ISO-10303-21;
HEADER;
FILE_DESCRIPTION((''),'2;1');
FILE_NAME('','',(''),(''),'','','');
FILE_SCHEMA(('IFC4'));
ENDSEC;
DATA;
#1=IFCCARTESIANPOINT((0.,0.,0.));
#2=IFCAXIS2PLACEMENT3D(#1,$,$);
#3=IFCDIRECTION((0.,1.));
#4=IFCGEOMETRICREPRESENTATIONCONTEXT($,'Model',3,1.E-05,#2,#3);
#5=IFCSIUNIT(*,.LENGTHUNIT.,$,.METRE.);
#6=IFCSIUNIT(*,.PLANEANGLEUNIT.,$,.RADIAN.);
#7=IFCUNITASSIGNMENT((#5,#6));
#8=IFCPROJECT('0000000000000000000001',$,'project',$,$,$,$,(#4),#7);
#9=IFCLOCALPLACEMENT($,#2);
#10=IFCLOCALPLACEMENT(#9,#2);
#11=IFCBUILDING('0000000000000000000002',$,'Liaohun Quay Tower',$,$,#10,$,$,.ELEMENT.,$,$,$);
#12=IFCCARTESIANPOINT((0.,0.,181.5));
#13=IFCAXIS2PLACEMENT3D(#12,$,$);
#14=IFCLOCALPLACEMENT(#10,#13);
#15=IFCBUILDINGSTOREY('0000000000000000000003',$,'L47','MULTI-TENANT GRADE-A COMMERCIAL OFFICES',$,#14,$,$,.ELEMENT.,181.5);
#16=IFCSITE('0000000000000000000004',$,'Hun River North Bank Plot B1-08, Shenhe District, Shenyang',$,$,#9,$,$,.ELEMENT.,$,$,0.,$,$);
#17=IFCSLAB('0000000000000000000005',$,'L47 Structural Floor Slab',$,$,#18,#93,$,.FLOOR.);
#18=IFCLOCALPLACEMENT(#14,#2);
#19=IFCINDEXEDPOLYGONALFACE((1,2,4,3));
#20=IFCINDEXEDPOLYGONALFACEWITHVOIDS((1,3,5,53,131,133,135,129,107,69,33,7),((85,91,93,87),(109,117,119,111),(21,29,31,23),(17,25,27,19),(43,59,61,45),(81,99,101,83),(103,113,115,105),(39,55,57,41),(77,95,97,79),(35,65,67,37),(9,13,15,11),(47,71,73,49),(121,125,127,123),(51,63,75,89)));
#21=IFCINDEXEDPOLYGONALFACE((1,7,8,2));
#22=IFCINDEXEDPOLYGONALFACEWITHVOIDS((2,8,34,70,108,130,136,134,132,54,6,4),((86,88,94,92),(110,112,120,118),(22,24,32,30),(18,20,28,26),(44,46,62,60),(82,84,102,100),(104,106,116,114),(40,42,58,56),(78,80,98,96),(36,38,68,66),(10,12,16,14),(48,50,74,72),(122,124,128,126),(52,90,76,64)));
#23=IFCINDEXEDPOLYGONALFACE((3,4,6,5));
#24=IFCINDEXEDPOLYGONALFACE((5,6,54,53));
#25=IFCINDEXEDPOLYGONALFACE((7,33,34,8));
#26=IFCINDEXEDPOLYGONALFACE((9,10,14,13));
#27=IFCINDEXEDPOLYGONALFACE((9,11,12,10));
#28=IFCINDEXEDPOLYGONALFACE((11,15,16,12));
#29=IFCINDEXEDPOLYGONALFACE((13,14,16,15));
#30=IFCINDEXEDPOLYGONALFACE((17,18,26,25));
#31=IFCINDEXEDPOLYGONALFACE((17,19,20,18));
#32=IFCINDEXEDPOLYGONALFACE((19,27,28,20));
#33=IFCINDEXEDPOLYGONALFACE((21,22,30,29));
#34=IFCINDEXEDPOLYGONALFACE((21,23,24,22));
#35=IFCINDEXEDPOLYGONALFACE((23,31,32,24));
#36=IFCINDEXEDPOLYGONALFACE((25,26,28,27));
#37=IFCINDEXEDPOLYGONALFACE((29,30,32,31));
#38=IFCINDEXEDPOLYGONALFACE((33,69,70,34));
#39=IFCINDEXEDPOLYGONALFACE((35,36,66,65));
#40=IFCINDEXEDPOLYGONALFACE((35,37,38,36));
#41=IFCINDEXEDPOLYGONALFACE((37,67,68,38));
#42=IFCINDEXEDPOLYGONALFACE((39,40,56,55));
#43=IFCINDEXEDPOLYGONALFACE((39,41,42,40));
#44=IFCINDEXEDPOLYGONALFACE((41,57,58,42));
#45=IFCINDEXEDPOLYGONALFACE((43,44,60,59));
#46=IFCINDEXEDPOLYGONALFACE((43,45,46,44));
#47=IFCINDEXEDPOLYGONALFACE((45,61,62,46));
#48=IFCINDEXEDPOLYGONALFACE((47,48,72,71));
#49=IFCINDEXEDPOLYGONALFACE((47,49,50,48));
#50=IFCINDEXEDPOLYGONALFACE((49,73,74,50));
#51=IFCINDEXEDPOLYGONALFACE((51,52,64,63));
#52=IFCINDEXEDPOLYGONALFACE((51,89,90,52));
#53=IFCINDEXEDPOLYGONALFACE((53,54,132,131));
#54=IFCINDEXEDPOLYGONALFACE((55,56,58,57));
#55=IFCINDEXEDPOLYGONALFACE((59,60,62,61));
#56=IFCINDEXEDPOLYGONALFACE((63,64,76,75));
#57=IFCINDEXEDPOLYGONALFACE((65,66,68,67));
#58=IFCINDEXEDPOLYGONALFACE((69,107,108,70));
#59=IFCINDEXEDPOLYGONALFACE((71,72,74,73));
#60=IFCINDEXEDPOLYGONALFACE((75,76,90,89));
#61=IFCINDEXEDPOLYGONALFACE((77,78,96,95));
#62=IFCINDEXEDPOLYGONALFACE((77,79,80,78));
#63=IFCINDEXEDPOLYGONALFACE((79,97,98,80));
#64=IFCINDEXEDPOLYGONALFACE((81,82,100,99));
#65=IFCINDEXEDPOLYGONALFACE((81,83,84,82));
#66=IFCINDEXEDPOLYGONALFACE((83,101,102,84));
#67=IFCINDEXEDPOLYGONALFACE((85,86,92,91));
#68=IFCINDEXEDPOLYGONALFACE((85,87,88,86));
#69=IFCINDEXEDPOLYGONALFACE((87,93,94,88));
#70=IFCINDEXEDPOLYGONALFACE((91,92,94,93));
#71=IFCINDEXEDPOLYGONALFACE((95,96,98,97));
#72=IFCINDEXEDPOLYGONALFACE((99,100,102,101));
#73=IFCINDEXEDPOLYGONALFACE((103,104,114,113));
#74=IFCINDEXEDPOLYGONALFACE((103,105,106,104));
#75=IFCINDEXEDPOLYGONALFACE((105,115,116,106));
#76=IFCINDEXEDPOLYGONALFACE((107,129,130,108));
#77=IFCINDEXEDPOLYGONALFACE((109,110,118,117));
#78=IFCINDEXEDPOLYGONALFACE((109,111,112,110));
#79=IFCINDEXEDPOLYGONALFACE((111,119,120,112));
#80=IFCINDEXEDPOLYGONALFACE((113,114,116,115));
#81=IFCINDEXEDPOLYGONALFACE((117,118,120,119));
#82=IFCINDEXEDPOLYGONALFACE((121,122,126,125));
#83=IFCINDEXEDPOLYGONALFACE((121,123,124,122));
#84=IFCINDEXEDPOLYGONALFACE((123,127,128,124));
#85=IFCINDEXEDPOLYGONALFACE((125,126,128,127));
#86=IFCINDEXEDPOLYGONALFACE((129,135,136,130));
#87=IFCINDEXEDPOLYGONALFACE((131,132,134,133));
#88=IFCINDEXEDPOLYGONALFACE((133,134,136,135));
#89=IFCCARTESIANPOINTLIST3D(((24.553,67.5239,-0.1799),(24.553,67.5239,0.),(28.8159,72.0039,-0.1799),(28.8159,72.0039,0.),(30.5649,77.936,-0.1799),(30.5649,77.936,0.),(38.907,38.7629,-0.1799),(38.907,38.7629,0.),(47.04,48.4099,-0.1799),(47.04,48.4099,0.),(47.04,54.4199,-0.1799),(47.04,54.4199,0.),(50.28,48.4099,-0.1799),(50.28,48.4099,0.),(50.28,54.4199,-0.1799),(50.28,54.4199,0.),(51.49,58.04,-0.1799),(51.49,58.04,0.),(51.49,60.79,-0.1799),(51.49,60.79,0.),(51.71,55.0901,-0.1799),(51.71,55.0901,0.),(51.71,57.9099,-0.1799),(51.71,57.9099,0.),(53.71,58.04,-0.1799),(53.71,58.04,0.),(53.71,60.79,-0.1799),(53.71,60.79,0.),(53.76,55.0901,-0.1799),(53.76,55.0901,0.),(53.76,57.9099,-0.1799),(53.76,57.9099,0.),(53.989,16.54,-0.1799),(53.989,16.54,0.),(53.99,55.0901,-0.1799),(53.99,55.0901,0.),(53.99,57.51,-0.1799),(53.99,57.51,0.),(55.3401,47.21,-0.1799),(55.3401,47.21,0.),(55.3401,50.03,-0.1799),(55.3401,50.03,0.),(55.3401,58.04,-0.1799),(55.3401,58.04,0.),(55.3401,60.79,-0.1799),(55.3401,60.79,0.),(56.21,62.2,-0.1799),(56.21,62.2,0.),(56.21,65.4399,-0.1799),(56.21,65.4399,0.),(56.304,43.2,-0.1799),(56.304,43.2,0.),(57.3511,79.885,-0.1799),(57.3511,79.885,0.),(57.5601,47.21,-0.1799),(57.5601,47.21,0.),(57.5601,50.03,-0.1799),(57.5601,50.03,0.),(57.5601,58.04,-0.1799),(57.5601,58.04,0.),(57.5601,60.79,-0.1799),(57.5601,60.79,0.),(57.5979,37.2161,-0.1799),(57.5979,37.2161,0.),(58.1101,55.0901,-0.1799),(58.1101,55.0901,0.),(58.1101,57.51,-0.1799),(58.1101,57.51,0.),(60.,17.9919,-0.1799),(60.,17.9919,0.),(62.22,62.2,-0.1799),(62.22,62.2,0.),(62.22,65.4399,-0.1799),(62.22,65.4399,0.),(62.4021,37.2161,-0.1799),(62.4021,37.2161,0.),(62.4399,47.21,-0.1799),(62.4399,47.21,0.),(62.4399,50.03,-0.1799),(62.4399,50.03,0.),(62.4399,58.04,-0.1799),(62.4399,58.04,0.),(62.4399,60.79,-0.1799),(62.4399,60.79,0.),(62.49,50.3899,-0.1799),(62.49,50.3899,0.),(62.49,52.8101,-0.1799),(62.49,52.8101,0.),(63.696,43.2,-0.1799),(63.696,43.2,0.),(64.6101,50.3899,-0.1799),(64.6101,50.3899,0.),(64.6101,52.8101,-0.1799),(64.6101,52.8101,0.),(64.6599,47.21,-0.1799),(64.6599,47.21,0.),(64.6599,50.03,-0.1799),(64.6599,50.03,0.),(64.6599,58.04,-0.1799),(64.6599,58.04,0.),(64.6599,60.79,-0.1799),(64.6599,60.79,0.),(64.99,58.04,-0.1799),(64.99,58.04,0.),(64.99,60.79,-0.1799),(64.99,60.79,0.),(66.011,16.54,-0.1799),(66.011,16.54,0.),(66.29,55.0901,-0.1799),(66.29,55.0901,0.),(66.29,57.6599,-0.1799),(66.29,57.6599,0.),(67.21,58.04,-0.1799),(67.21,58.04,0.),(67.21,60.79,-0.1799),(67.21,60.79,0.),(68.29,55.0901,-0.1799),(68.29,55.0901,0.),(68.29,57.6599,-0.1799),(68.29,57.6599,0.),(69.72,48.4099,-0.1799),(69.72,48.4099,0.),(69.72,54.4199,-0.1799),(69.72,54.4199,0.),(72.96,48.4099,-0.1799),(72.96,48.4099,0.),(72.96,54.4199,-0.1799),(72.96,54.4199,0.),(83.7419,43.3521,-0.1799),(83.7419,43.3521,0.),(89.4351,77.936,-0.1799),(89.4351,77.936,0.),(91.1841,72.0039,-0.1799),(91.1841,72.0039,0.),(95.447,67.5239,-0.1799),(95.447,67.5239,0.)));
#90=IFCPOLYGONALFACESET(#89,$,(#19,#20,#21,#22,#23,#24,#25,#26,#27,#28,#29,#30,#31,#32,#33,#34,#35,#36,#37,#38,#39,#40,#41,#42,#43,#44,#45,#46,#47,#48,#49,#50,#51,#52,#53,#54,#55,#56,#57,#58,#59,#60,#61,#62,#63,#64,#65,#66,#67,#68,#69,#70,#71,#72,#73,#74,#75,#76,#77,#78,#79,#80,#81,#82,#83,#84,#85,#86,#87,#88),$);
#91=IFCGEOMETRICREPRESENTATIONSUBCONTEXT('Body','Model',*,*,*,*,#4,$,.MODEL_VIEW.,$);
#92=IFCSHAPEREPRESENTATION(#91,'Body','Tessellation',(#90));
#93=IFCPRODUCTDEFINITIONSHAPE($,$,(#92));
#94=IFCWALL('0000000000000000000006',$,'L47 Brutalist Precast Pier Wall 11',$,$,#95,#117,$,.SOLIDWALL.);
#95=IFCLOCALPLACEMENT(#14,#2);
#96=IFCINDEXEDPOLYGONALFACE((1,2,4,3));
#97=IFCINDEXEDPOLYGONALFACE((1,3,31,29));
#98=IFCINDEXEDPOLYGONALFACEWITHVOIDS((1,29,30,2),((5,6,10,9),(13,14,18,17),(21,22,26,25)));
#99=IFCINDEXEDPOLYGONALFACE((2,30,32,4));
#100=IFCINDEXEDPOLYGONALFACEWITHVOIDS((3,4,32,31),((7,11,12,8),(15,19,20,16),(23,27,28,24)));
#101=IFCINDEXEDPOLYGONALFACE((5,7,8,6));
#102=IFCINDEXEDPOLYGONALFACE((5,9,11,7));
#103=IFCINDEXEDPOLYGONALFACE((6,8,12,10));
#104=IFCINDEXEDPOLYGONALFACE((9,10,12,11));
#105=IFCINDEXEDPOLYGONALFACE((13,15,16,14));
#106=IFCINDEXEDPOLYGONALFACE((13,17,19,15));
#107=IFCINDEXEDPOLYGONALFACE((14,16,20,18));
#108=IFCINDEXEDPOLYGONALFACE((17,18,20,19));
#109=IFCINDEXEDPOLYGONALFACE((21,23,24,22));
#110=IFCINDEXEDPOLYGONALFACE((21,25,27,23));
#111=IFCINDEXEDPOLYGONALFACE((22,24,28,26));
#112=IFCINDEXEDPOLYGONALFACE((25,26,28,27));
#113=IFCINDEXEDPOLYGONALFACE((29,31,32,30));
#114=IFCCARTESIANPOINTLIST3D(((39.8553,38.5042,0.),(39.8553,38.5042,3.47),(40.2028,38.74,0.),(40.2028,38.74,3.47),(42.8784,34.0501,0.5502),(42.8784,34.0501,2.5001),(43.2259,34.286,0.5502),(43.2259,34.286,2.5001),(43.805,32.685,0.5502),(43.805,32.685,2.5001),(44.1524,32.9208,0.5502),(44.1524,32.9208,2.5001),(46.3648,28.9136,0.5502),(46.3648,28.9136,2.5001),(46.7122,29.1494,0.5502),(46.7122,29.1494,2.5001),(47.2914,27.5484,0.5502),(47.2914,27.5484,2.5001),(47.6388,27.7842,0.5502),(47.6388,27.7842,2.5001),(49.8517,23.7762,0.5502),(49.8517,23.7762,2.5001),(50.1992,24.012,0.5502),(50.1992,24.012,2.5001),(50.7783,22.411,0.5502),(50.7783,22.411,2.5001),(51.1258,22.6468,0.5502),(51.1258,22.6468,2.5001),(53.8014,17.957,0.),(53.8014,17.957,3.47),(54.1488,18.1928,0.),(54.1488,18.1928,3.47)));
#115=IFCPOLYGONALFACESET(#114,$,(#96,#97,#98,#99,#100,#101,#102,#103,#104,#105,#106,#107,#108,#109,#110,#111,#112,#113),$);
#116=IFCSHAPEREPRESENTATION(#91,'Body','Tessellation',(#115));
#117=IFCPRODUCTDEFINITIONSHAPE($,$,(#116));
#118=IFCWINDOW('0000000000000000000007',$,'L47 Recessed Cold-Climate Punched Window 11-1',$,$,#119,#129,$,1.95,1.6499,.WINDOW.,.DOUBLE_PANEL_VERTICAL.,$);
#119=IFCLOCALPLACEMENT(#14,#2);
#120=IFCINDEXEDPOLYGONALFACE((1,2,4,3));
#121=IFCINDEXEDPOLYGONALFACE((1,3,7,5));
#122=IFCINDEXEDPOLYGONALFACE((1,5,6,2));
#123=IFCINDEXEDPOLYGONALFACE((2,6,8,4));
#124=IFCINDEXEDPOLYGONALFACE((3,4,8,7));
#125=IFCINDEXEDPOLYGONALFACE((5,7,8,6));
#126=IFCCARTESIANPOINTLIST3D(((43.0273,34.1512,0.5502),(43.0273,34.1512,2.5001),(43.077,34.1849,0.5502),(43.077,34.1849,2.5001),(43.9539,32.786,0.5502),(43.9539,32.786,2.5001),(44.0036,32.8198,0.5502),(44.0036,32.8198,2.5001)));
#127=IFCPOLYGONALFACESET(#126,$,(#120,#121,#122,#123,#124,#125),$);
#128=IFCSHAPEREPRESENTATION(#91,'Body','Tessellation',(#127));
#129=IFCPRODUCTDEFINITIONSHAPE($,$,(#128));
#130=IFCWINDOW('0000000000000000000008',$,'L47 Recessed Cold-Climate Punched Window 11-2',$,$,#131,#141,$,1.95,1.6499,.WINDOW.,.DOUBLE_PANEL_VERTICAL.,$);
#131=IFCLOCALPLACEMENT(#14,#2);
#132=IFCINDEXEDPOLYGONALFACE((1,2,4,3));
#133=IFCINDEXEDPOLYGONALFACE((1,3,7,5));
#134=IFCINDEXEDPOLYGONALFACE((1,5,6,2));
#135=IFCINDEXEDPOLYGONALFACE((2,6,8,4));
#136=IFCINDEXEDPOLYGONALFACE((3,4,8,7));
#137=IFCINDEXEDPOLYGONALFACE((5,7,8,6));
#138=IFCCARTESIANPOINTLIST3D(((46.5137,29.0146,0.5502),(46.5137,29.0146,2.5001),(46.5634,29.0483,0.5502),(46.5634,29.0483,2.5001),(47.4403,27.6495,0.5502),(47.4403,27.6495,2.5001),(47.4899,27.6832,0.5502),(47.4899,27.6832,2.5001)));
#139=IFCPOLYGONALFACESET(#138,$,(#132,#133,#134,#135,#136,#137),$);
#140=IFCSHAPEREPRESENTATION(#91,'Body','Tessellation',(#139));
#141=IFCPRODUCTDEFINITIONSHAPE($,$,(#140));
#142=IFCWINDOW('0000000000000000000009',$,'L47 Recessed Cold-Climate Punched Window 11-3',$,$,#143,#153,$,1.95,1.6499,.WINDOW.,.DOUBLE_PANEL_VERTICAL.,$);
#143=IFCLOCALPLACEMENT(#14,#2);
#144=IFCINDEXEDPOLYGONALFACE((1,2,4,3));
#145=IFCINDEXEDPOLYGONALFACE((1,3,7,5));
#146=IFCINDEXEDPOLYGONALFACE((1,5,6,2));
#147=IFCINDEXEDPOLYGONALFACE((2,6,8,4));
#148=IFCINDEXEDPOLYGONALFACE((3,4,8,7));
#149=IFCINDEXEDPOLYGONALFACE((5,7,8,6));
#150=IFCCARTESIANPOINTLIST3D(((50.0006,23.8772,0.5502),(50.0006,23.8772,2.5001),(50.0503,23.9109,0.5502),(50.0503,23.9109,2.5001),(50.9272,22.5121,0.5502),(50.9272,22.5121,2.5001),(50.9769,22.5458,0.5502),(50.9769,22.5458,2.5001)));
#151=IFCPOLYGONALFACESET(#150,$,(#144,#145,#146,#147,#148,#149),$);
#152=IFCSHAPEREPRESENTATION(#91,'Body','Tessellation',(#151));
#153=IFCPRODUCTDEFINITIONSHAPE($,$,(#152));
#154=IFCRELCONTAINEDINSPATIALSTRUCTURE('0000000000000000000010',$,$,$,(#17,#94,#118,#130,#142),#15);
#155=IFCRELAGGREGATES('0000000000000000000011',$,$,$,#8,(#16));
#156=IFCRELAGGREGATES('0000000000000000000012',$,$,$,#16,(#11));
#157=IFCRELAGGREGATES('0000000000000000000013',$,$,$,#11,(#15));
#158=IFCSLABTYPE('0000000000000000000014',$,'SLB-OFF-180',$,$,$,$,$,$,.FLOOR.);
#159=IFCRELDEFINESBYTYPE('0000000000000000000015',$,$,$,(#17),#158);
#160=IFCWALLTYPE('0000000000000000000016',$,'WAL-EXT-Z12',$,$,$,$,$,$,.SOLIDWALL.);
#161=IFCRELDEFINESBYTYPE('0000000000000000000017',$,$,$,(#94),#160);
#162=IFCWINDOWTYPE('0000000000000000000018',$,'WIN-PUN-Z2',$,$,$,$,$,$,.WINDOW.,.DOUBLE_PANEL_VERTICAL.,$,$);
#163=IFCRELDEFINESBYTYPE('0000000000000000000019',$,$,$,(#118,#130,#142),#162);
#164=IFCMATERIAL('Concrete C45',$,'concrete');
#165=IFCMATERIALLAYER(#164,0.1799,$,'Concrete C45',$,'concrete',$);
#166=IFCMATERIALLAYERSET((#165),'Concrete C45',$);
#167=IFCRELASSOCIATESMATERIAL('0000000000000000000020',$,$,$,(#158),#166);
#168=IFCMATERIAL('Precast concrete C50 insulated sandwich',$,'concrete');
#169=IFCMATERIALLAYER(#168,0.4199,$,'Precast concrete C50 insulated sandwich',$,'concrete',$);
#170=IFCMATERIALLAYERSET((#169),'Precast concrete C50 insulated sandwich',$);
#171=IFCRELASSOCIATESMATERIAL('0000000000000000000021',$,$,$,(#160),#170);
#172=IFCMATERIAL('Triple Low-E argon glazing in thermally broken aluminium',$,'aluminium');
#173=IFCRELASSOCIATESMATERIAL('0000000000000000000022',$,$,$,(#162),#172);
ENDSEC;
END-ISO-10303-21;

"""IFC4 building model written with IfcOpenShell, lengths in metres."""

from ifc_helpers import new_model, si_unit, direction, frame, frame_2d, origin, place, context, subcontext, project, spatial, polyline, rectangle, outline, extrude, source, transform, mapped, material, layer, layer_set, type_object, element, fill, save


model = new_model("IFC4")

# Units and contexts
model_context = context("Model", 3, precision=1e-05, world=origin(), true_north=direction((0.0, 1.0)))
body_context = subcontext(model_context, "Body", "Model", "MODEL_VIEW")
ifc_project = project(units=[si_unit("LENGTHUNIT", "METRE"), si_unit("PLANEANGLEUNIT", "RADIAN")], contexts=[model_context])

# Site, building, storey
site_placement = place(None, origin())
site = spatial("IfcSite", under=ifc_project, at=site_placement, Name="Hun River North Bank Plot B1-08, Shenhe District, Shenyang", CompositionType="ELEMENT", RefElevation=0.0)
building_placement = place(site_placement, origin())
building = spatial("IfcBuilding", under=site, at=building_placement, Name="Liaohun Quay Tower", CompositionType="ELEMENT")
storey_placement = place(building_placement, frame((0.0, 0.0, 181.5)))
storey = spatial("IfcBuildingStorey", under=building, at=storey_placement, Name="L47", Description="MULTI-TENANT GRADE-A COMMERCIAL OFFICES", CompositionType="ELEMENT", Elevation=181.5)

# Shared definitions
ifc_material_1 = material(Name="Concrete C45", Category="concrete")

# Slab
ifc_layer_1 = layer(ifc_material_1, 0.1799, Name="Concrete C45", Category="concrete")
ifc_layer_set_1 = layer_set([ifc_layer_1], Name="Concrete C45")
slab_type_1 = type_object("IfcSlabType", Name="SLB-OFF-180", PredefinedType="FLOOR", material=ifc_layer_set_1)
slab_1_placement = place(storey_placement, frame((0.0, 0.0, -0.1799)))
element("IfcSlab", 1, at=slab_1_placement, inside=storey, type_object=slab_type_1, Name="L47 Structural Floor Slab", PredefinedType="FLOOR", context=body_context, shape_type="SweptSolid", body=[
    extrude(outline(polyline([(53.989, 16.54), (60.0, 17.9919), (66.011, 16.54), (83.7419, 43.3521), (95.447, 67.5239), (91.1841, 72.0039), (89.4351, 77.936), (57.3511, 79.885), (30.5649, 77.936), (28.8159, 72.0039), (24.553, 67.5239), (38.907, 38.7629), (53.989, 16.54)]), holes=[polyline([(57.5601, 50.03), (55.3401, 50.03), (55.3401, 47.21), (57.5601, 47.21), (57.5601, 50.03)]), polyline([(50.28, 54.4199), (47.04, 54.4199), (47.04, 48.4099), (50.28, 48.4099), (50.28, 54.4199)]), polyline([(53.99, 55.0901), (58.1101, 55.0901), (58.1101, 57.51), (53.99, 57.51), (53.99, 55.0901)]), polyline([(53.76, 55.0901), (53.76, 57.9099), (51.71, 57.9099), (51.71, 55.0901), (53.76, 55.0901)]), polyline([(53.71, 58.04), (53.71, 60.79), (51.49, 60.79), (51.49, 58.04), (53.71, 58.04)]), polyline([(57.5601, 58.04), (57.5601, 60.79), (55.3401, 60.79), (55.3401, 58.04), (57.5601, 58.04)]), polyline([(62.22, 62.2), (62.22, 65.4399), (56.21, 65.4399), (56.21, 62.2), (62.22, 62.2)]), polyline([(62.4021, 37.2161), (63.696, 43.2), (56.304, 43.2), (57.5979, 37.2161), (62.4021, 37.2161)]), polyline([(64.6599, 47.21), (64.6599, 50.03), (62.4399, 50.03), (62.4399, 47.21), (64.6599, 47.21)]), polyline([(72.96, 54.4199), (69.72, 54.4199), (69.72, 48.4099), (72.96, 48.4099), (72.96, 54.4199)]), polyline([(64.6101, 50.3899), (64.6101, 52.8101), (62.49, 52.8101), (62.49, 50.3899), (64.6101, 50.3899)]), polyline([(68.29, 55.0901), (68.29, 57.6599), (66.29, 57.6599), (66.29, 55.0901), (68.29, 55.0901)]), polyline([(64.6599, 58.04), (64.6599, 60.79), (62.4399, 60.79), (62.4399, 58.04), (64.6599, 58.04)]), polyline([(67.21, 58.04), (67.21, 60.79), (64.99, 60.79), (64.99, 58.04), (67.21, 58.04)])]), origin(), (0.0, 0.0, 1.0), 0.1799),
])

# Wall, openings, windows
ifc_material_2 = material(Name="Precast concrete C50 insulated sandwich", Category="concrete")
ifc_layer_2 = layer(ifc_material_2, 0.4199, Name="Precast concrete C50 insulated sandwich", Category="concrete")
ifc_layer_set_2 = layer_set([ifc_layer_2], Name="Precast concrete C50 insulated sandwich")
wall_type_1 = type_object("IfcWallType", Name="WAL-EXT-Z12", PredefinedType="SOLIDWALL", material=ifc_layer_set_2)
wall_1_placement = place(storey_placement, frame((40.0291, 38.6221, 0.0), z_axis=(0.0, 0.0, 1.0), x_axis=(0.561594, -0.827413, 0.0)))
wall_1 = element("IfcWall", 2, at=wall_1_placement, inside=storey, type_object=wall_type_1, Name="L47 Brutalist Precast Pier Wall 11", PredefinedType="SOLIDWALL", context=body_context, shape_type="SweptSolid", body=[
    extrude(rectangle(XDim=24.833, YDim=0.4199, at=frame_2d((12.4165, 0.0))), origin(), (0.0, 0.0, 1.0), 3.47),
])
shared_shape_1 = source(origin(), body_context, "Body", "SweptSolid", [
    extrude(rectangle(XDim=1.6499, YDim=1.95, at=frame_2d((0.825, 0.9751))), frame((0.0, 0.22, 0.0), z_axis=(0.0, -1.0, 0.0), x_axis=(1.0, 0.0, 0.0)), (0.0, 0.0, 1.0), 0.4399),
])
opening_1_placement = place(wall_1_placement, frame((5.3831, 0.0, 0.55)))
opening_1 = element("IfcOpeningElement", 3, at=opening_1_placement, cuts=wall_1, PredefinedType="OPENING", context=body_context, shape_type="MappedRepresentation", body=[
    mapped(shared_shape_1, transform((0.0, 0.0, 0.0), x_axis=(1.0, 0.0, 0.0), y_axis=(0.0, 1.0, 0.0), z_axis=(0.0, 0.0, 1.0), scale=1.0)),
])
opening_2_placement = place(wall_1_placement, frame((11.5911, 0.0, 0.55)))
opening_2 = element("IfcOpeningElement", 4, at=opening_2_placement, cuts=wall_1, PredefinedType="OPENING", context=body_context, shape_type="MappedRepresentation", body=[
    mapped(shared_shape_1, transform((0.0, 0.0, 0.0), x_axis=(1.0, 0.0, 0.0), y_axis=(0.0, 1.0, 0.0), z_axis=(0.0, 0.0, 1.0), scale=1.0)),
])
opening_3_placement = place(wall_1_placement, frame((17.8, 0.0, 0.55)))
opening_3 = element("IfcOpeningElement", 5, at=opening_3_placement, cuts=wall_1, PredefinedType="OPENING", context=body_context, shape_type="MappedRepresentation", body=[
    mapped(shared_shape_1, transform((0.0, 0.0, 0.0), x_axis=(1.0, 0.0, 0.0), y_axis=(0.0, 1.0, 0.0), z_axis=(0.0, 0.0, 1.0), scale=1.0)),
])
ifc_material_3 = material(Name="Triple Low-E argon glazing in thermally broken aluminium", Category="aluminium")
window_type = type_object("IfcWindowType", Name="WIN-PUN-Z2", PartitioningType="DOUBLE_PANEL_VERTICAL", PredefinedType="WINDOW", material=ifc_material_3)
shared_shape_2 = source(origin(), body_context, "Body", "SweptSolid", [
    extrude(rectangle(XDim=1.6499, YDim=1.95, at=frame_2d((0.825, 0.9751))), frame((0.0, 0.03, 0.0), z_axis=(0.0, -1.0, 0.0), x_axis=(1.0, 0.0, 0.0)), (0.0, 0.0, 1.0), 0.0601),
])
window_1_placement = place(opening_1_placement, origin())
window_1 = element("IfcWindow", 6, at=window_1_placement, inside=storey, type_object=window_type, Name="L47 Recessed Cold-Climate Punched Window 11-1", OverallHeight=1.95, OverallWidth=1.6499, PartitioningType="DOUBLE_PANEL_VERTICAL", PredefinedType="WINDOW", context=body_context, shape_type="MappedRepresentation", body=[
    mapped(shared_shape_2, transform((0.0, 0.0, 0.0), x_axis=(1.0, 0.0, 0.0), y_axis=(0.0, 1.0, 0.0), z_axis=(0.0, 0.0, 1.0), scale=1.0)),
])
fill(opening_1, window_1)
window_2_placement = place(opening_2_placement, origin())
window_2 = element("IfcWindow", 7, at=window_2_placement, inside=storey, type_object=window_type, Name="L47 Recessed Cold-Climate Punched Window 11-2", OverallHeight=1.95, OverallWidth=1.6499, PartitioningType="DOUBLE_PANEL_VERTICAL", PredefinedType="WINDOW", context=body_context, shape_type="MappedRepresentation", body=[
    mapped(shared_shape_2, transform((0.0, 0.0, 0.0), x_axis=(1.0, 0.0, 0.0), y_axis=(0.0, 1.0, 0.0), z_axis=(0.0, 0.0, 1.0), scale=1.0)),
])
fill(opening_2, window_2)
window_3_placement = place(opening_3_placement, origin())
window_3 = element("IfcWindow", 8, at=window_3_placement, inside=storey, type_object=window_type, Name="L47 Recessed Cold-Climate Punched Window 11-3", OverallHeight=1.95, OverallWidth=1.6499, PartitioningType="DOUBLE_PANEL_VERTICAL", PredefinedType="WINDOW", context=body_context, shape_type="MappedRepresentation", body=[
    mapped(shared_shape_2, transform((0.0, 0.0, 0.0), x_axis=(1.0, 0.0, 0.0), y_axis=(0.0, 1.0, 0.0), z_axis=(0.0, 0.0, 1.0), scale=1.0)),
])
fill(opening_3, window_3)

save(model, "model.ifc")
